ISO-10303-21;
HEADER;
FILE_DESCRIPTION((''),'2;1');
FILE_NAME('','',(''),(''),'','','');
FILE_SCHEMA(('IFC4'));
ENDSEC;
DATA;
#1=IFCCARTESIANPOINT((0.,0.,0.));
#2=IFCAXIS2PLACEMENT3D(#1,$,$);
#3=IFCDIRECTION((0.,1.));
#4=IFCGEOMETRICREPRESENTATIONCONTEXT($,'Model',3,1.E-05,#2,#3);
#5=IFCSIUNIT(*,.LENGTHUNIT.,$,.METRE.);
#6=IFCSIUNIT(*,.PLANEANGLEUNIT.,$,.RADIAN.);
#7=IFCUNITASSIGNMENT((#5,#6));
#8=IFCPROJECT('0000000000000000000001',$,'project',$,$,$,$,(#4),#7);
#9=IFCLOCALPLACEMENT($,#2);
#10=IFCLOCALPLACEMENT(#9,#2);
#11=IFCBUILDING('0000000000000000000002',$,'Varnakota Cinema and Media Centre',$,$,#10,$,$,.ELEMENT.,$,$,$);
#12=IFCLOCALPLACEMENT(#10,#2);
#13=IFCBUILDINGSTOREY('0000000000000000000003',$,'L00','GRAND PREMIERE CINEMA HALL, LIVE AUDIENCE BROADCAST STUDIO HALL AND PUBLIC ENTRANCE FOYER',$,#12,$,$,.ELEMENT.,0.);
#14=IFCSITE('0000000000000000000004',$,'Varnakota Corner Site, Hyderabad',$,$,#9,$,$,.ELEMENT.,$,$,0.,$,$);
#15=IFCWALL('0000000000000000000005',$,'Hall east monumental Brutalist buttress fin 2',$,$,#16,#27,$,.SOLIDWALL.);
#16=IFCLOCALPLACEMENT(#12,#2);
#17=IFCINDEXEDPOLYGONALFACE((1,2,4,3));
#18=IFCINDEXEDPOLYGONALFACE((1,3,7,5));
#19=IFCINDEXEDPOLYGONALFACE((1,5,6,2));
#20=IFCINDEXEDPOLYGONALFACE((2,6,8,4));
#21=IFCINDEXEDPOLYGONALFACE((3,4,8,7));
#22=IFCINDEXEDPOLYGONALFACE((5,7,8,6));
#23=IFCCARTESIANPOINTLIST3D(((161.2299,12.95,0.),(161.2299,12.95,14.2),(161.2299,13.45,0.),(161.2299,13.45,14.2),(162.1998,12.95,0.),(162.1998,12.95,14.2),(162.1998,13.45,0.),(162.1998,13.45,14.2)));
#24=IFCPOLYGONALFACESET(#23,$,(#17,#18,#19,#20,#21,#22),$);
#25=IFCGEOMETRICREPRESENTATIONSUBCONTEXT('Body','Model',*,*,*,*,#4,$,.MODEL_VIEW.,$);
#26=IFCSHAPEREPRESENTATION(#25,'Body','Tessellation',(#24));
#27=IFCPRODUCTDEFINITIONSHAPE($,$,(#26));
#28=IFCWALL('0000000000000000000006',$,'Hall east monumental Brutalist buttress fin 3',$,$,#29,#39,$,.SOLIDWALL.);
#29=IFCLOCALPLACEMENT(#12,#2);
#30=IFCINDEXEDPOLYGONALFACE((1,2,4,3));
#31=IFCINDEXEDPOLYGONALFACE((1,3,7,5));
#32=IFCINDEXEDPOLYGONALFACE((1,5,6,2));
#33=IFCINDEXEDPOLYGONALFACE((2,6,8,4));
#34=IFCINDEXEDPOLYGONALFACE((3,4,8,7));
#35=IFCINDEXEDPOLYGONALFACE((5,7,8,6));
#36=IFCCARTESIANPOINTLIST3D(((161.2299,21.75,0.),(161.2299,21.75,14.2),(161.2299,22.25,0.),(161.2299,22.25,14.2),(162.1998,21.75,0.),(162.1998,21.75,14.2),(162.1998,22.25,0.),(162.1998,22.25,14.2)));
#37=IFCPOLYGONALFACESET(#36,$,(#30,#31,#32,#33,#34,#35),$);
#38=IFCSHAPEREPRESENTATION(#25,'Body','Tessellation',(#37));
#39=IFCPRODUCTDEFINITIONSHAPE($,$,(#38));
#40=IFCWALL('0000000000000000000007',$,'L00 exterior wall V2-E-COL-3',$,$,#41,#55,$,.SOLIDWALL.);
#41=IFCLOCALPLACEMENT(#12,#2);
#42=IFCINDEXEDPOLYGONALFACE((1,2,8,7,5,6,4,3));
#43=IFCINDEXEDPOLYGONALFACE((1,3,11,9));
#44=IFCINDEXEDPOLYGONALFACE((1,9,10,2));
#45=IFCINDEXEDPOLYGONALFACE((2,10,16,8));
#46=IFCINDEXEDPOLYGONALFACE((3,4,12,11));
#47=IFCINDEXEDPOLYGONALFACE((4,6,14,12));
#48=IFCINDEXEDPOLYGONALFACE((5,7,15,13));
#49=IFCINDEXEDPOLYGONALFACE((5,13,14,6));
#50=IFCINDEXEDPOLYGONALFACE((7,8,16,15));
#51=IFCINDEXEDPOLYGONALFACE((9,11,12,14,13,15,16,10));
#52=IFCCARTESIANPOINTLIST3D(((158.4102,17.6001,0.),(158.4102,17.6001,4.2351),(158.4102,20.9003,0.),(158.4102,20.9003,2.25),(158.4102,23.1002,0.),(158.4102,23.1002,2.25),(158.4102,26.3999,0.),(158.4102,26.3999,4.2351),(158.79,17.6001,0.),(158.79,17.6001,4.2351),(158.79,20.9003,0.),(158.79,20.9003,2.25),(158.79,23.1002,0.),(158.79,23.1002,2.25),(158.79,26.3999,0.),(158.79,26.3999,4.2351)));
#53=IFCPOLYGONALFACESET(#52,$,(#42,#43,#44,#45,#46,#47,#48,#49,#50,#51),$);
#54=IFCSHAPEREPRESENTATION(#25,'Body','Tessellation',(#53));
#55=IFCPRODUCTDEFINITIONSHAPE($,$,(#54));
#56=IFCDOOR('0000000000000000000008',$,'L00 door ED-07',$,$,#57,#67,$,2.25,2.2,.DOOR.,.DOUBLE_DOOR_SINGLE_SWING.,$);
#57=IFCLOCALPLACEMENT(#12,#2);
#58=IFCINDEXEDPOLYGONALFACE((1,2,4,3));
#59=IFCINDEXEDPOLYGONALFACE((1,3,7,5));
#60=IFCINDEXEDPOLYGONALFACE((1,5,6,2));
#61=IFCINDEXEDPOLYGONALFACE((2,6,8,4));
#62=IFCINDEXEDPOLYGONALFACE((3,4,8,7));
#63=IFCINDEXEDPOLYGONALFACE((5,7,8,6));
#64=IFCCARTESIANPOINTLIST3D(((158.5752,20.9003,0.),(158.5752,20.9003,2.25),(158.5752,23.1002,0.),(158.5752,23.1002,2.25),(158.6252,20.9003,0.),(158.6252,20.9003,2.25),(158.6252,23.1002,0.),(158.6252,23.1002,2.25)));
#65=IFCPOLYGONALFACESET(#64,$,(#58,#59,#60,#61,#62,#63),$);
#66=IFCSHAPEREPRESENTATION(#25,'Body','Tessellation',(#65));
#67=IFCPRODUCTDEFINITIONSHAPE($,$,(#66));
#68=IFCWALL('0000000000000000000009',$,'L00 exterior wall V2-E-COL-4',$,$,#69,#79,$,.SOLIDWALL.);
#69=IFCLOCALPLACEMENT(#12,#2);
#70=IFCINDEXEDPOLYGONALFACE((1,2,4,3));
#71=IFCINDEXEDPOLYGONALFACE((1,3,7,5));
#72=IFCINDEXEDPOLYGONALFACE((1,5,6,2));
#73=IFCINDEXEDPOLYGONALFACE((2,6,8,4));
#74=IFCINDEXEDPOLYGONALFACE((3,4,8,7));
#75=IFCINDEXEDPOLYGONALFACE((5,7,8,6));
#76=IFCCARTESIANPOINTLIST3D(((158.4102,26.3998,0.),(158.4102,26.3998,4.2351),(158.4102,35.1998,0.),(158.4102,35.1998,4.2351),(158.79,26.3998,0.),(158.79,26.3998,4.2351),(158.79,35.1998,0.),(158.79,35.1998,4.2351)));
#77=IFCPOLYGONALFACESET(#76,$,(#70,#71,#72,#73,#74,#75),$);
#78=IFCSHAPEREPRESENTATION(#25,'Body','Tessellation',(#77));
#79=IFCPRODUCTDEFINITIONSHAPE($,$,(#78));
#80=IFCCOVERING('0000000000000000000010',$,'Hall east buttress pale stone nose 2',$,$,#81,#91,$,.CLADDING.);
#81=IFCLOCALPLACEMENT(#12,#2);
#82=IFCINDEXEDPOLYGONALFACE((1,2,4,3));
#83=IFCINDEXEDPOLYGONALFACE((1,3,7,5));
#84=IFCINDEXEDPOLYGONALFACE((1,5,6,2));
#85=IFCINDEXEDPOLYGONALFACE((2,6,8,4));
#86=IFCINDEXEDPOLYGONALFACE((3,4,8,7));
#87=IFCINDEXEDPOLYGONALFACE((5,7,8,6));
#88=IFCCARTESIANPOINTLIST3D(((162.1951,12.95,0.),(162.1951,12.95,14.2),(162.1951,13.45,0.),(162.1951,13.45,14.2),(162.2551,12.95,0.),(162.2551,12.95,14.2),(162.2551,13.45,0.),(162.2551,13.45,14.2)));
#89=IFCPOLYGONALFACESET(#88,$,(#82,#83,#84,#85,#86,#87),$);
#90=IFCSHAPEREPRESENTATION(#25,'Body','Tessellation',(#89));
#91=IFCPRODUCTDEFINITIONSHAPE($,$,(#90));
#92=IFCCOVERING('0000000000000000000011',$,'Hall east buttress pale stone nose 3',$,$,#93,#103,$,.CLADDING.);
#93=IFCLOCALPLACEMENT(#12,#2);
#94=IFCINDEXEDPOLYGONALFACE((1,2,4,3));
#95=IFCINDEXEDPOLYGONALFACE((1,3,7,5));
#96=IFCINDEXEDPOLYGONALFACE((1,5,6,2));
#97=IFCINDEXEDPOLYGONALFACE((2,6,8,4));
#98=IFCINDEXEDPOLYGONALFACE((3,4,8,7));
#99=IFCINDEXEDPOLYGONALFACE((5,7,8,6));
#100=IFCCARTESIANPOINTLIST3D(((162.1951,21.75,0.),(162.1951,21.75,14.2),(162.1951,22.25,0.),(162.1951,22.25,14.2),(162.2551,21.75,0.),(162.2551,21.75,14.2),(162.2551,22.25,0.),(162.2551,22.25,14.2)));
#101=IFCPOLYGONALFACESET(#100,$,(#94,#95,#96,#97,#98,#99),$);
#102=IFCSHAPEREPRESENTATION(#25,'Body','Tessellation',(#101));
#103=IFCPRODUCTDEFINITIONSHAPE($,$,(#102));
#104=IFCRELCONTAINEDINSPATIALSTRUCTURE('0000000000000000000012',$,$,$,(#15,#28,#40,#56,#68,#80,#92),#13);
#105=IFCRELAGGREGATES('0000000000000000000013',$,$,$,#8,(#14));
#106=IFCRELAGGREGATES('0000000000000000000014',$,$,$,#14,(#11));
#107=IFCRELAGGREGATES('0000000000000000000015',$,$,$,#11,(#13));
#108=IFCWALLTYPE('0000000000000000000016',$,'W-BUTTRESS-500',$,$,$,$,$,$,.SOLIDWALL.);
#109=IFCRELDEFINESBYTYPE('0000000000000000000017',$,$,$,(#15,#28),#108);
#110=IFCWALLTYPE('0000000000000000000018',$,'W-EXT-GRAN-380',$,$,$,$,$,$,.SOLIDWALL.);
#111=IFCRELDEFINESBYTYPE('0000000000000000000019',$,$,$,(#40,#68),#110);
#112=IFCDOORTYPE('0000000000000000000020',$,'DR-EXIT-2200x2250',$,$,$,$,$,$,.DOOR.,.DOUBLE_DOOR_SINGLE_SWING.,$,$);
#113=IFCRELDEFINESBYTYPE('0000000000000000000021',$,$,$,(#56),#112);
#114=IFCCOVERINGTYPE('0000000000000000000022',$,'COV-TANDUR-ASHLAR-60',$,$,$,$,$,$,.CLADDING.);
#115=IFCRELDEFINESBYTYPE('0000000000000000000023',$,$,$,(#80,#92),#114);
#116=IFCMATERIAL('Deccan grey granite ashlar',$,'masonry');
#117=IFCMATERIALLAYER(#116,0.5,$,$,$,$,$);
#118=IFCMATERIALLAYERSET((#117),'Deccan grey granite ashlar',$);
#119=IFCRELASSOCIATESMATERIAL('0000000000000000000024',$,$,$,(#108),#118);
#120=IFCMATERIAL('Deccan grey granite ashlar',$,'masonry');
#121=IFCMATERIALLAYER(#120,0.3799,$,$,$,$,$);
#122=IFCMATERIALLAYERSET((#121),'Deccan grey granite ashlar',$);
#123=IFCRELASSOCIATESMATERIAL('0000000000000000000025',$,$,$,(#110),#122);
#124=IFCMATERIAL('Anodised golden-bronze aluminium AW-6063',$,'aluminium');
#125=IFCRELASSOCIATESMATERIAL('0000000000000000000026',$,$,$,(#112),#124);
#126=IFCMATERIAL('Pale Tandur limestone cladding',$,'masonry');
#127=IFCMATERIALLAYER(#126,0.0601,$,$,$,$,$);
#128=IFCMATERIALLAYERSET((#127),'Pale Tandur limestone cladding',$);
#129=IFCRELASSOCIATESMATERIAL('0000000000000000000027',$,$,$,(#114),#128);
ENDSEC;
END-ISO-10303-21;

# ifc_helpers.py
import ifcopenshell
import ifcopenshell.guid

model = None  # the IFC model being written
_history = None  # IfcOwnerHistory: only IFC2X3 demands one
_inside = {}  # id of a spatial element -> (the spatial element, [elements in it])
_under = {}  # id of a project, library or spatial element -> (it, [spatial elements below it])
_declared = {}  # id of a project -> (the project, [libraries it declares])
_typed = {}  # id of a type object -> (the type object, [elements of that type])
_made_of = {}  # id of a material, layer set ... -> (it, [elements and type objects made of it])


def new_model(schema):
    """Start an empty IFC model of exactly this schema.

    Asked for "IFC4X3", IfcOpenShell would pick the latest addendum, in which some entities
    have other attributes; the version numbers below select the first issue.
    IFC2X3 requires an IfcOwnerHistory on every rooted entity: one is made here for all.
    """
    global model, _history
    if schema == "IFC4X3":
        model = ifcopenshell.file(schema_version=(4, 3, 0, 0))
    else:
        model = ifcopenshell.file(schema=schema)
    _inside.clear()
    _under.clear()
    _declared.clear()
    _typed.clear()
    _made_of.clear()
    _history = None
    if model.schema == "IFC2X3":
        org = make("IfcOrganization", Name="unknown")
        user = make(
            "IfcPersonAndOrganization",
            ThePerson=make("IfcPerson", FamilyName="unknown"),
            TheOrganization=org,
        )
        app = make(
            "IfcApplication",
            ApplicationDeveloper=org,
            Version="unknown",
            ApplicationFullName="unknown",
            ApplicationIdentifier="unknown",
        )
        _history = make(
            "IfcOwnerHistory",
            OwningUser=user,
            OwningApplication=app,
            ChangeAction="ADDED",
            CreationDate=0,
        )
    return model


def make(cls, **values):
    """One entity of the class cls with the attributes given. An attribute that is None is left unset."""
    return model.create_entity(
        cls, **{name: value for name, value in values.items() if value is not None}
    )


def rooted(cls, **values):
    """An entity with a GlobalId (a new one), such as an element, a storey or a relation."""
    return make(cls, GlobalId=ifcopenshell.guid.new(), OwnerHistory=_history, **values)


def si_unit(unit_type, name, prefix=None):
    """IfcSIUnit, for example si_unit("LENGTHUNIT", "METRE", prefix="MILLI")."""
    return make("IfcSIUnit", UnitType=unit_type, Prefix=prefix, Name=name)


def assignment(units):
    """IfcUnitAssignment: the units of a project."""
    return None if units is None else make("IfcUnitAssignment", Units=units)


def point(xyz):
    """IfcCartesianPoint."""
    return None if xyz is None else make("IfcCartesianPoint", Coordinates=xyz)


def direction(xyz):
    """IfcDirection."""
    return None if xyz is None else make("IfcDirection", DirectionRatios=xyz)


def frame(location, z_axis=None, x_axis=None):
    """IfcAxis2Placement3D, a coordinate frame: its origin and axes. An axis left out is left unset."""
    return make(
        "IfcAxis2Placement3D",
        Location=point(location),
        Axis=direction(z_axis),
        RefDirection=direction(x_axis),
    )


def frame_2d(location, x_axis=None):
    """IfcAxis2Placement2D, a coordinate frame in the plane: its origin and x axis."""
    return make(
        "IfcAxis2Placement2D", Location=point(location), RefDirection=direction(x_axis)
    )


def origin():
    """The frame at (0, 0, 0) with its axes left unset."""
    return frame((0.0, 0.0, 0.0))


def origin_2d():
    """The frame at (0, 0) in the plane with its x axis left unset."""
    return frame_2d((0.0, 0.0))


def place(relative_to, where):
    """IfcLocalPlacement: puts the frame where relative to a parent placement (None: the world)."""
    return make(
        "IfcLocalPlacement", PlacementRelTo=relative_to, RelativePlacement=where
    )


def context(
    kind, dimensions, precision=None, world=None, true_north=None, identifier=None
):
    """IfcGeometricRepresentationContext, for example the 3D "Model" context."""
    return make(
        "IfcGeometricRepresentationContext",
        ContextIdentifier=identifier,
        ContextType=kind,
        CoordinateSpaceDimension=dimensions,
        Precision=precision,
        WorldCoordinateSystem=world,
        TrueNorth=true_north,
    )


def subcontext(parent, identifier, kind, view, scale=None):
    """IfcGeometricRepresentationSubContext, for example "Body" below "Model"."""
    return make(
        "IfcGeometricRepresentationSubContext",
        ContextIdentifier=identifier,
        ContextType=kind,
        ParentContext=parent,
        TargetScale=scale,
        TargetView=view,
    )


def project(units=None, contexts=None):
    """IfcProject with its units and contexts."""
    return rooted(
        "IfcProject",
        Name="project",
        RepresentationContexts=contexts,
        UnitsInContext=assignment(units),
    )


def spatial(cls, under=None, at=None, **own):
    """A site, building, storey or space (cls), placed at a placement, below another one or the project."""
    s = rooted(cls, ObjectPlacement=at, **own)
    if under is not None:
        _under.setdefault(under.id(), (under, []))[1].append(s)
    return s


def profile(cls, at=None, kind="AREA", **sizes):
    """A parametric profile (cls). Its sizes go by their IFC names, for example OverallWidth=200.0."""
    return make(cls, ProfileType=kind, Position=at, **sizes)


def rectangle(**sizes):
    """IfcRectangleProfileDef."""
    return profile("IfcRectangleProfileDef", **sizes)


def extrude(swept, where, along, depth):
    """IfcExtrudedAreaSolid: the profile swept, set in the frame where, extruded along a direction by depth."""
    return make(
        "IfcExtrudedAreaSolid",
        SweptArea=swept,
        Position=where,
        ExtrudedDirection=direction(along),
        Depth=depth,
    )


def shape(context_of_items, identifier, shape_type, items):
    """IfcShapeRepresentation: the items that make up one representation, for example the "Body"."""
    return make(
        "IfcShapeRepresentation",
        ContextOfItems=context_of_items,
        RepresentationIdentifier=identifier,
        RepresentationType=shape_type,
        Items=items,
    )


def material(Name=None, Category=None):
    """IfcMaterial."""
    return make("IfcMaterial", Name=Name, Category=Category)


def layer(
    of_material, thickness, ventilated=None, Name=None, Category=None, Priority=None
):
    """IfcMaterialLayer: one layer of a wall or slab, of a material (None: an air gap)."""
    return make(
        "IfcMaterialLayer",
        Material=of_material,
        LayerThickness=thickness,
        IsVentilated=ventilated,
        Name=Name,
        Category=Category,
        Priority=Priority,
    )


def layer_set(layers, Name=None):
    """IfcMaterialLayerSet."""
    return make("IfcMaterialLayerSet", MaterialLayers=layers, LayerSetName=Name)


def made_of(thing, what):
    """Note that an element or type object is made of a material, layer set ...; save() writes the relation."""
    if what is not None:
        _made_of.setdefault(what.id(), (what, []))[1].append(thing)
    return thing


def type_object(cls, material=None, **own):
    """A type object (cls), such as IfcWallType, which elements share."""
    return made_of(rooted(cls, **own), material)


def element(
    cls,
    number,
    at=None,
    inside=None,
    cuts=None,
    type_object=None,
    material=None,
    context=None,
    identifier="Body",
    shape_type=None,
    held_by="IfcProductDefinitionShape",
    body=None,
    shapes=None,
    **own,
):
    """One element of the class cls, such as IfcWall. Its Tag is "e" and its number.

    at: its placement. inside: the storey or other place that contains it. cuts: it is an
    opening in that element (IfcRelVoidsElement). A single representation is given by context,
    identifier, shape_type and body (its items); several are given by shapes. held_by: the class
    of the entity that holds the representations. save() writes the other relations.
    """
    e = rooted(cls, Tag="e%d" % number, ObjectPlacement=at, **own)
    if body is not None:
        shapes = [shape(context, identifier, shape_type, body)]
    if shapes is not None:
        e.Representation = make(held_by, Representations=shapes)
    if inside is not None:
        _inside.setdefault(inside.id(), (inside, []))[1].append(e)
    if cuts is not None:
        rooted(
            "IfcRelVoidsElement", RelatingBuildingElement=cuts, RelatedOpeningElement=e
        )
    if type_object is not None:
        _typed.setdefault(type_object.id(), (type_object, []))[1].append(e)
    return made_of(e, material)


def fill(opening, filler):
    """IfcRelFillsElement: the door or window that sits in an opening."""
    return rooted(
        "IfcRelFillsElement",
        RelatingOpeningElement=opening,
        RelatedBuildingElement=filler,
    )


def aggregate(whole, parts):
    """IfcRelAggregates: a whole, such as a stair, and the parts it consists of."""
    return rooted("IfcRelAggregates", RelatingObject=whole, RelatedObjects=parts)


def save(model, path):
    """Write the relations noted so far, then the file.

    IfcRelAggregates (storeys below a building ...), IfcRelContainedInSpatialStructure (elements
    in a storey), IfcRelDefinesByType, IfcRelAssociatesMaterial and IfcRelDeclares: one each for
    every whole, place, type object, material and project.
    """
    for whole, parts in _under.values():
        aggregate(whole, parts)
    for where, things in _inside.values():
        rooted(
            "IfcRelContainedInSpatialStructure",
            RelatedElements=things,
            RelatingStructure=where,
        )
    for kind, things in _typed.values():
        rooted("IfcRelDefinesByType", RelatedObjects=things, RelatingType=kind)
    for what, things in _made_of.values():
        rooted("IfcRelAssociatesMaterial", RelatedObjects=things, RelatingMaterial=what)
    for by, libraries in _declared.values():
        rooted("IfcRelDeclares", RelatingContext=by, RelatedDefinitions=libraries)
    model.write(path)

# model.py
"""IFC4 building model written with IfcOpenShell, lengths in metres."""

from ifc_helpers import new_model, si_unit, direction, frame, frame_2d, origin, origin_2d, place, context, subcontext, project, spatial, rectangle, extrude, material, layer, layer_set, type_object, element, fill, save


model = new_model("IFC4")

# Units and contexts
model_context = context("Model", 3, precision=1e-05, world=origin(), true_north=direction((0.0, 1.0)))
body_context = subcontext(model_context, "Body", "Model", "MODEL_VIEW")
ifc_project = project(units=[si_unit("LENGTHUNIT", "METRE"), si_unit("PLANEANGLEUNIT", "RADIAN")], contexts=[model_context])

# Site, building, storey
site_placement = place(None, origin())
site = spatial("IfcSite", under=ifc_project, at=site_placement, Name="Varnakota Corner Site, Hyderabad", CompositionType="ELEMENT", RefElevation=0.0)
building_placement = place(site_placement, origin())
building = spatial("IfcBuilding", under=site, at=building_placement, Name="Varnakota Cinema and Media Centre", CompositionType="ELEMENT")
storey_placement = place(building_placement, origin())
storey = spatial("IfcBuildingStorey", under=building, at=storey_placement, Name="L00", Description="GRAND PREMIERE CINEMA HALL, LIVE AUDIENCE BROADCAST STUDIO HALL AND PUBLIC ENTRANCE FOYER", CompositionType="ELEMENT", Elevation=0.0)

# Walls
ifc_material_1 = material(Name="Deccan grey granite ashlar", Category="masonry")
ifc_layer_1 = layer(ifc_material_1, 0.5)
ifc_layer_set_1 = layer_set([ifc_layer_1], Name="Deccan grey granite ashlar")
wall_type_1 = type_object("IfcWallType", Name="W-BUTTRESS-500", PredefinedType="SOLIDWALL", material=ifc_layer_set_1)
for number, where, z_axis, x_axis, name in (
    (1, (161.23, 13.2, 0.0), (0.0, 0.0, 1.0), (1.0, 0.0, 0.0), "Hall east monumental Brutalist buttress fin 2"),
    (2, (161.23, 22.0, 0.0), (0.0, 0.0, 1.0), (1.0, 0.0, 0.0), "Hall east monumental Brutalist buttress fin 3"),
):
    element("IfcWall", number, at=place(storey_placement, frame(where, z_axis=z_axis, x_axis=x_axis)), inside=storey, type_object=wall_type_1, Name=name, PredefinedType="SOLIDWALL", context=body_context, shape_type="SweptSolid", body=[
        extrude(rectangle(XDim=0.97, YDim=0.5, at=frame_2d((0.4849, 0.0))), origin(), (0.0, 0.0, 1.0), 14.2),
    ])

# Wall, opening, door
ifc_material_2 = material(Name="Deccan grey granite ashlar", Category="masonry")
ifc_layer_2 = layer(ifc_material_2, 0.3799)
ifc_layer_set_2 = layer_set([ifc_layer_2], Name="Deccan grey granite ashlar")
wall_type_2 = type_object("IfcWallType", Name="W-EXT-GRAN-380", PredefinedType="SOLIDWALL", material=ifc_layer_set_2)
wall_1_placement = place(storey_placement, frame((158.6001, 17.6001, 0.0), z_axis=(0.0, 0.0, 1.0), x_axis=(0.0, 1.0, 0.0)))
wall_1 = element("IfcWall", 3, at=wall_1_placement, inside=storey, type_object=wall_type_2, Name="L00 exterior wall V2-E-COL-3", PredefinedType="SOLIDWALL", context=body_context, shape_type="SweptSolid", body=[
    extrude(rectangle(XDim=8.7998, YDim=0.3799, at=frame_2d((4.3999, 0.0))), origin(), (0.0, 0.0, 1.0), 4.2351),
])
opening_placement = place(wall_1_placement, frame((3.3, 0.0, 0.0)))
opening = element("IfcOpeningElement", 4, at=opening_placement, cuts=wall_1, PredefinedType="OPENING", context=body_context, shape_type="SweptSolid", body=[
    extrude(rectangle(XDim=2.2, YDim=2.25, at=frame_2d((1.1001, 1.125))), frame((0.0, 0.1899, 0.0), z_axis=(0.0, -1.0, 0.0), x_axis=(1.0, 0.0, 0.0)), (0.0, 0.0, 1.0), 0.3799),
])
ifc_material_3 = material(Name="Anodised golden-bronze aluminium AW-6063", Category="aluminium")
door_type = type_object("IfcDoorType", Name="DR-EXIT-2200x2250", OperationType="DOUBLE_DOOR_SINGLE_SWING", PredefinedType="DOOR", material=ifc_material_3)
door_placement = place(opening_placement, origin())
door = element("IfcDoor", 5, at=door_placement, inside=storey, type_object=door_type, Name="L00 door ED-07", OperationType="DOUBLE_DOOR_SINGLE_SWING", OverallHeight=2.25, OverallWidth=2.2, PredefinedType="DOOR", context=body_context, shape_type="SweptSolid", body=[
    extrude(rectangle(XDim=2.2, YDim=2.25, at=frame_2d((1.1001, 1.125))), frame((0.0, 0.0249, 0.0), z_axis=(0.0, -1.0, 0.0), x_axis=(1.0, 0.0, 0.0)), (0.0, 0.0, 1.0), 0.05),
])
fill(opening, door)

# Wall
wall_2_placement = place(storey_placement, frame((158.6001, 26.3999, 0.0), z_axis=(0.0, 0.0, 1.0), x_axis=(0.0, 1.0, 0.0)))
element("IfcWall", 6, at=wall_2_placement, inside=storey, type_object=wall_type_2, Name="L00 exterior wall V2-E-COL-4", PredefinedType="SOLIDWALL", context=body_context, shape_type="SweptSolid", body=[
    extrude(rectangle(XDim=8.8, YDim=0.3799, at=frame_2d((4.3999, 0.0))), origin(), (0.0, 0.0, 1.0), 4.2351),
])

# Coverings
ifc_material_4 = material(Name="Pale Tandur limestone cladding", Category="masonry")
ifc_layer_3 = layer(ifc_material_4, 0.0601)
ifc_layer_set_3 = layer_set([ifc_layer_3], Name="Pale Tandur limestone cladding")
covering_type = type_object("IfcCoveringType", Name="COV-TANDUR-ASHLAR-60", PredefinedType="CLADDING", material=ifc_layer_set_3)
for number, where, z_axis, x_axis, name in (
    (7, (162.2251, 13.2, 0.0), (0.0, 0.0, 1.0), (1.0, 0.0, 0.0), "Hall east buttress pale stone nose 2"),
    (8, (162.2251, 22.0, 0.0), (0.0, 0.0, 1.0), (1.0, 0.0, 0.0), "Hall east buttress pale stone nose 3"),
):
    element("IfcCovering", number, at=place(storey_placement, frame(where, z_axis=z_axis, x_axis=x_axis)), inside=storey, type_object=covering_type, Name=name, PredefinedType="CLADDING", context=body_context, shape_type="SweptSolid", body=[
        extrude(rectangle(XDim=0.0601, YDim=0.5, at=origin_2d()), origin(), (0.0, 0.0, 1.0), 14.2),
    ])

save(model, "model.ifc")
